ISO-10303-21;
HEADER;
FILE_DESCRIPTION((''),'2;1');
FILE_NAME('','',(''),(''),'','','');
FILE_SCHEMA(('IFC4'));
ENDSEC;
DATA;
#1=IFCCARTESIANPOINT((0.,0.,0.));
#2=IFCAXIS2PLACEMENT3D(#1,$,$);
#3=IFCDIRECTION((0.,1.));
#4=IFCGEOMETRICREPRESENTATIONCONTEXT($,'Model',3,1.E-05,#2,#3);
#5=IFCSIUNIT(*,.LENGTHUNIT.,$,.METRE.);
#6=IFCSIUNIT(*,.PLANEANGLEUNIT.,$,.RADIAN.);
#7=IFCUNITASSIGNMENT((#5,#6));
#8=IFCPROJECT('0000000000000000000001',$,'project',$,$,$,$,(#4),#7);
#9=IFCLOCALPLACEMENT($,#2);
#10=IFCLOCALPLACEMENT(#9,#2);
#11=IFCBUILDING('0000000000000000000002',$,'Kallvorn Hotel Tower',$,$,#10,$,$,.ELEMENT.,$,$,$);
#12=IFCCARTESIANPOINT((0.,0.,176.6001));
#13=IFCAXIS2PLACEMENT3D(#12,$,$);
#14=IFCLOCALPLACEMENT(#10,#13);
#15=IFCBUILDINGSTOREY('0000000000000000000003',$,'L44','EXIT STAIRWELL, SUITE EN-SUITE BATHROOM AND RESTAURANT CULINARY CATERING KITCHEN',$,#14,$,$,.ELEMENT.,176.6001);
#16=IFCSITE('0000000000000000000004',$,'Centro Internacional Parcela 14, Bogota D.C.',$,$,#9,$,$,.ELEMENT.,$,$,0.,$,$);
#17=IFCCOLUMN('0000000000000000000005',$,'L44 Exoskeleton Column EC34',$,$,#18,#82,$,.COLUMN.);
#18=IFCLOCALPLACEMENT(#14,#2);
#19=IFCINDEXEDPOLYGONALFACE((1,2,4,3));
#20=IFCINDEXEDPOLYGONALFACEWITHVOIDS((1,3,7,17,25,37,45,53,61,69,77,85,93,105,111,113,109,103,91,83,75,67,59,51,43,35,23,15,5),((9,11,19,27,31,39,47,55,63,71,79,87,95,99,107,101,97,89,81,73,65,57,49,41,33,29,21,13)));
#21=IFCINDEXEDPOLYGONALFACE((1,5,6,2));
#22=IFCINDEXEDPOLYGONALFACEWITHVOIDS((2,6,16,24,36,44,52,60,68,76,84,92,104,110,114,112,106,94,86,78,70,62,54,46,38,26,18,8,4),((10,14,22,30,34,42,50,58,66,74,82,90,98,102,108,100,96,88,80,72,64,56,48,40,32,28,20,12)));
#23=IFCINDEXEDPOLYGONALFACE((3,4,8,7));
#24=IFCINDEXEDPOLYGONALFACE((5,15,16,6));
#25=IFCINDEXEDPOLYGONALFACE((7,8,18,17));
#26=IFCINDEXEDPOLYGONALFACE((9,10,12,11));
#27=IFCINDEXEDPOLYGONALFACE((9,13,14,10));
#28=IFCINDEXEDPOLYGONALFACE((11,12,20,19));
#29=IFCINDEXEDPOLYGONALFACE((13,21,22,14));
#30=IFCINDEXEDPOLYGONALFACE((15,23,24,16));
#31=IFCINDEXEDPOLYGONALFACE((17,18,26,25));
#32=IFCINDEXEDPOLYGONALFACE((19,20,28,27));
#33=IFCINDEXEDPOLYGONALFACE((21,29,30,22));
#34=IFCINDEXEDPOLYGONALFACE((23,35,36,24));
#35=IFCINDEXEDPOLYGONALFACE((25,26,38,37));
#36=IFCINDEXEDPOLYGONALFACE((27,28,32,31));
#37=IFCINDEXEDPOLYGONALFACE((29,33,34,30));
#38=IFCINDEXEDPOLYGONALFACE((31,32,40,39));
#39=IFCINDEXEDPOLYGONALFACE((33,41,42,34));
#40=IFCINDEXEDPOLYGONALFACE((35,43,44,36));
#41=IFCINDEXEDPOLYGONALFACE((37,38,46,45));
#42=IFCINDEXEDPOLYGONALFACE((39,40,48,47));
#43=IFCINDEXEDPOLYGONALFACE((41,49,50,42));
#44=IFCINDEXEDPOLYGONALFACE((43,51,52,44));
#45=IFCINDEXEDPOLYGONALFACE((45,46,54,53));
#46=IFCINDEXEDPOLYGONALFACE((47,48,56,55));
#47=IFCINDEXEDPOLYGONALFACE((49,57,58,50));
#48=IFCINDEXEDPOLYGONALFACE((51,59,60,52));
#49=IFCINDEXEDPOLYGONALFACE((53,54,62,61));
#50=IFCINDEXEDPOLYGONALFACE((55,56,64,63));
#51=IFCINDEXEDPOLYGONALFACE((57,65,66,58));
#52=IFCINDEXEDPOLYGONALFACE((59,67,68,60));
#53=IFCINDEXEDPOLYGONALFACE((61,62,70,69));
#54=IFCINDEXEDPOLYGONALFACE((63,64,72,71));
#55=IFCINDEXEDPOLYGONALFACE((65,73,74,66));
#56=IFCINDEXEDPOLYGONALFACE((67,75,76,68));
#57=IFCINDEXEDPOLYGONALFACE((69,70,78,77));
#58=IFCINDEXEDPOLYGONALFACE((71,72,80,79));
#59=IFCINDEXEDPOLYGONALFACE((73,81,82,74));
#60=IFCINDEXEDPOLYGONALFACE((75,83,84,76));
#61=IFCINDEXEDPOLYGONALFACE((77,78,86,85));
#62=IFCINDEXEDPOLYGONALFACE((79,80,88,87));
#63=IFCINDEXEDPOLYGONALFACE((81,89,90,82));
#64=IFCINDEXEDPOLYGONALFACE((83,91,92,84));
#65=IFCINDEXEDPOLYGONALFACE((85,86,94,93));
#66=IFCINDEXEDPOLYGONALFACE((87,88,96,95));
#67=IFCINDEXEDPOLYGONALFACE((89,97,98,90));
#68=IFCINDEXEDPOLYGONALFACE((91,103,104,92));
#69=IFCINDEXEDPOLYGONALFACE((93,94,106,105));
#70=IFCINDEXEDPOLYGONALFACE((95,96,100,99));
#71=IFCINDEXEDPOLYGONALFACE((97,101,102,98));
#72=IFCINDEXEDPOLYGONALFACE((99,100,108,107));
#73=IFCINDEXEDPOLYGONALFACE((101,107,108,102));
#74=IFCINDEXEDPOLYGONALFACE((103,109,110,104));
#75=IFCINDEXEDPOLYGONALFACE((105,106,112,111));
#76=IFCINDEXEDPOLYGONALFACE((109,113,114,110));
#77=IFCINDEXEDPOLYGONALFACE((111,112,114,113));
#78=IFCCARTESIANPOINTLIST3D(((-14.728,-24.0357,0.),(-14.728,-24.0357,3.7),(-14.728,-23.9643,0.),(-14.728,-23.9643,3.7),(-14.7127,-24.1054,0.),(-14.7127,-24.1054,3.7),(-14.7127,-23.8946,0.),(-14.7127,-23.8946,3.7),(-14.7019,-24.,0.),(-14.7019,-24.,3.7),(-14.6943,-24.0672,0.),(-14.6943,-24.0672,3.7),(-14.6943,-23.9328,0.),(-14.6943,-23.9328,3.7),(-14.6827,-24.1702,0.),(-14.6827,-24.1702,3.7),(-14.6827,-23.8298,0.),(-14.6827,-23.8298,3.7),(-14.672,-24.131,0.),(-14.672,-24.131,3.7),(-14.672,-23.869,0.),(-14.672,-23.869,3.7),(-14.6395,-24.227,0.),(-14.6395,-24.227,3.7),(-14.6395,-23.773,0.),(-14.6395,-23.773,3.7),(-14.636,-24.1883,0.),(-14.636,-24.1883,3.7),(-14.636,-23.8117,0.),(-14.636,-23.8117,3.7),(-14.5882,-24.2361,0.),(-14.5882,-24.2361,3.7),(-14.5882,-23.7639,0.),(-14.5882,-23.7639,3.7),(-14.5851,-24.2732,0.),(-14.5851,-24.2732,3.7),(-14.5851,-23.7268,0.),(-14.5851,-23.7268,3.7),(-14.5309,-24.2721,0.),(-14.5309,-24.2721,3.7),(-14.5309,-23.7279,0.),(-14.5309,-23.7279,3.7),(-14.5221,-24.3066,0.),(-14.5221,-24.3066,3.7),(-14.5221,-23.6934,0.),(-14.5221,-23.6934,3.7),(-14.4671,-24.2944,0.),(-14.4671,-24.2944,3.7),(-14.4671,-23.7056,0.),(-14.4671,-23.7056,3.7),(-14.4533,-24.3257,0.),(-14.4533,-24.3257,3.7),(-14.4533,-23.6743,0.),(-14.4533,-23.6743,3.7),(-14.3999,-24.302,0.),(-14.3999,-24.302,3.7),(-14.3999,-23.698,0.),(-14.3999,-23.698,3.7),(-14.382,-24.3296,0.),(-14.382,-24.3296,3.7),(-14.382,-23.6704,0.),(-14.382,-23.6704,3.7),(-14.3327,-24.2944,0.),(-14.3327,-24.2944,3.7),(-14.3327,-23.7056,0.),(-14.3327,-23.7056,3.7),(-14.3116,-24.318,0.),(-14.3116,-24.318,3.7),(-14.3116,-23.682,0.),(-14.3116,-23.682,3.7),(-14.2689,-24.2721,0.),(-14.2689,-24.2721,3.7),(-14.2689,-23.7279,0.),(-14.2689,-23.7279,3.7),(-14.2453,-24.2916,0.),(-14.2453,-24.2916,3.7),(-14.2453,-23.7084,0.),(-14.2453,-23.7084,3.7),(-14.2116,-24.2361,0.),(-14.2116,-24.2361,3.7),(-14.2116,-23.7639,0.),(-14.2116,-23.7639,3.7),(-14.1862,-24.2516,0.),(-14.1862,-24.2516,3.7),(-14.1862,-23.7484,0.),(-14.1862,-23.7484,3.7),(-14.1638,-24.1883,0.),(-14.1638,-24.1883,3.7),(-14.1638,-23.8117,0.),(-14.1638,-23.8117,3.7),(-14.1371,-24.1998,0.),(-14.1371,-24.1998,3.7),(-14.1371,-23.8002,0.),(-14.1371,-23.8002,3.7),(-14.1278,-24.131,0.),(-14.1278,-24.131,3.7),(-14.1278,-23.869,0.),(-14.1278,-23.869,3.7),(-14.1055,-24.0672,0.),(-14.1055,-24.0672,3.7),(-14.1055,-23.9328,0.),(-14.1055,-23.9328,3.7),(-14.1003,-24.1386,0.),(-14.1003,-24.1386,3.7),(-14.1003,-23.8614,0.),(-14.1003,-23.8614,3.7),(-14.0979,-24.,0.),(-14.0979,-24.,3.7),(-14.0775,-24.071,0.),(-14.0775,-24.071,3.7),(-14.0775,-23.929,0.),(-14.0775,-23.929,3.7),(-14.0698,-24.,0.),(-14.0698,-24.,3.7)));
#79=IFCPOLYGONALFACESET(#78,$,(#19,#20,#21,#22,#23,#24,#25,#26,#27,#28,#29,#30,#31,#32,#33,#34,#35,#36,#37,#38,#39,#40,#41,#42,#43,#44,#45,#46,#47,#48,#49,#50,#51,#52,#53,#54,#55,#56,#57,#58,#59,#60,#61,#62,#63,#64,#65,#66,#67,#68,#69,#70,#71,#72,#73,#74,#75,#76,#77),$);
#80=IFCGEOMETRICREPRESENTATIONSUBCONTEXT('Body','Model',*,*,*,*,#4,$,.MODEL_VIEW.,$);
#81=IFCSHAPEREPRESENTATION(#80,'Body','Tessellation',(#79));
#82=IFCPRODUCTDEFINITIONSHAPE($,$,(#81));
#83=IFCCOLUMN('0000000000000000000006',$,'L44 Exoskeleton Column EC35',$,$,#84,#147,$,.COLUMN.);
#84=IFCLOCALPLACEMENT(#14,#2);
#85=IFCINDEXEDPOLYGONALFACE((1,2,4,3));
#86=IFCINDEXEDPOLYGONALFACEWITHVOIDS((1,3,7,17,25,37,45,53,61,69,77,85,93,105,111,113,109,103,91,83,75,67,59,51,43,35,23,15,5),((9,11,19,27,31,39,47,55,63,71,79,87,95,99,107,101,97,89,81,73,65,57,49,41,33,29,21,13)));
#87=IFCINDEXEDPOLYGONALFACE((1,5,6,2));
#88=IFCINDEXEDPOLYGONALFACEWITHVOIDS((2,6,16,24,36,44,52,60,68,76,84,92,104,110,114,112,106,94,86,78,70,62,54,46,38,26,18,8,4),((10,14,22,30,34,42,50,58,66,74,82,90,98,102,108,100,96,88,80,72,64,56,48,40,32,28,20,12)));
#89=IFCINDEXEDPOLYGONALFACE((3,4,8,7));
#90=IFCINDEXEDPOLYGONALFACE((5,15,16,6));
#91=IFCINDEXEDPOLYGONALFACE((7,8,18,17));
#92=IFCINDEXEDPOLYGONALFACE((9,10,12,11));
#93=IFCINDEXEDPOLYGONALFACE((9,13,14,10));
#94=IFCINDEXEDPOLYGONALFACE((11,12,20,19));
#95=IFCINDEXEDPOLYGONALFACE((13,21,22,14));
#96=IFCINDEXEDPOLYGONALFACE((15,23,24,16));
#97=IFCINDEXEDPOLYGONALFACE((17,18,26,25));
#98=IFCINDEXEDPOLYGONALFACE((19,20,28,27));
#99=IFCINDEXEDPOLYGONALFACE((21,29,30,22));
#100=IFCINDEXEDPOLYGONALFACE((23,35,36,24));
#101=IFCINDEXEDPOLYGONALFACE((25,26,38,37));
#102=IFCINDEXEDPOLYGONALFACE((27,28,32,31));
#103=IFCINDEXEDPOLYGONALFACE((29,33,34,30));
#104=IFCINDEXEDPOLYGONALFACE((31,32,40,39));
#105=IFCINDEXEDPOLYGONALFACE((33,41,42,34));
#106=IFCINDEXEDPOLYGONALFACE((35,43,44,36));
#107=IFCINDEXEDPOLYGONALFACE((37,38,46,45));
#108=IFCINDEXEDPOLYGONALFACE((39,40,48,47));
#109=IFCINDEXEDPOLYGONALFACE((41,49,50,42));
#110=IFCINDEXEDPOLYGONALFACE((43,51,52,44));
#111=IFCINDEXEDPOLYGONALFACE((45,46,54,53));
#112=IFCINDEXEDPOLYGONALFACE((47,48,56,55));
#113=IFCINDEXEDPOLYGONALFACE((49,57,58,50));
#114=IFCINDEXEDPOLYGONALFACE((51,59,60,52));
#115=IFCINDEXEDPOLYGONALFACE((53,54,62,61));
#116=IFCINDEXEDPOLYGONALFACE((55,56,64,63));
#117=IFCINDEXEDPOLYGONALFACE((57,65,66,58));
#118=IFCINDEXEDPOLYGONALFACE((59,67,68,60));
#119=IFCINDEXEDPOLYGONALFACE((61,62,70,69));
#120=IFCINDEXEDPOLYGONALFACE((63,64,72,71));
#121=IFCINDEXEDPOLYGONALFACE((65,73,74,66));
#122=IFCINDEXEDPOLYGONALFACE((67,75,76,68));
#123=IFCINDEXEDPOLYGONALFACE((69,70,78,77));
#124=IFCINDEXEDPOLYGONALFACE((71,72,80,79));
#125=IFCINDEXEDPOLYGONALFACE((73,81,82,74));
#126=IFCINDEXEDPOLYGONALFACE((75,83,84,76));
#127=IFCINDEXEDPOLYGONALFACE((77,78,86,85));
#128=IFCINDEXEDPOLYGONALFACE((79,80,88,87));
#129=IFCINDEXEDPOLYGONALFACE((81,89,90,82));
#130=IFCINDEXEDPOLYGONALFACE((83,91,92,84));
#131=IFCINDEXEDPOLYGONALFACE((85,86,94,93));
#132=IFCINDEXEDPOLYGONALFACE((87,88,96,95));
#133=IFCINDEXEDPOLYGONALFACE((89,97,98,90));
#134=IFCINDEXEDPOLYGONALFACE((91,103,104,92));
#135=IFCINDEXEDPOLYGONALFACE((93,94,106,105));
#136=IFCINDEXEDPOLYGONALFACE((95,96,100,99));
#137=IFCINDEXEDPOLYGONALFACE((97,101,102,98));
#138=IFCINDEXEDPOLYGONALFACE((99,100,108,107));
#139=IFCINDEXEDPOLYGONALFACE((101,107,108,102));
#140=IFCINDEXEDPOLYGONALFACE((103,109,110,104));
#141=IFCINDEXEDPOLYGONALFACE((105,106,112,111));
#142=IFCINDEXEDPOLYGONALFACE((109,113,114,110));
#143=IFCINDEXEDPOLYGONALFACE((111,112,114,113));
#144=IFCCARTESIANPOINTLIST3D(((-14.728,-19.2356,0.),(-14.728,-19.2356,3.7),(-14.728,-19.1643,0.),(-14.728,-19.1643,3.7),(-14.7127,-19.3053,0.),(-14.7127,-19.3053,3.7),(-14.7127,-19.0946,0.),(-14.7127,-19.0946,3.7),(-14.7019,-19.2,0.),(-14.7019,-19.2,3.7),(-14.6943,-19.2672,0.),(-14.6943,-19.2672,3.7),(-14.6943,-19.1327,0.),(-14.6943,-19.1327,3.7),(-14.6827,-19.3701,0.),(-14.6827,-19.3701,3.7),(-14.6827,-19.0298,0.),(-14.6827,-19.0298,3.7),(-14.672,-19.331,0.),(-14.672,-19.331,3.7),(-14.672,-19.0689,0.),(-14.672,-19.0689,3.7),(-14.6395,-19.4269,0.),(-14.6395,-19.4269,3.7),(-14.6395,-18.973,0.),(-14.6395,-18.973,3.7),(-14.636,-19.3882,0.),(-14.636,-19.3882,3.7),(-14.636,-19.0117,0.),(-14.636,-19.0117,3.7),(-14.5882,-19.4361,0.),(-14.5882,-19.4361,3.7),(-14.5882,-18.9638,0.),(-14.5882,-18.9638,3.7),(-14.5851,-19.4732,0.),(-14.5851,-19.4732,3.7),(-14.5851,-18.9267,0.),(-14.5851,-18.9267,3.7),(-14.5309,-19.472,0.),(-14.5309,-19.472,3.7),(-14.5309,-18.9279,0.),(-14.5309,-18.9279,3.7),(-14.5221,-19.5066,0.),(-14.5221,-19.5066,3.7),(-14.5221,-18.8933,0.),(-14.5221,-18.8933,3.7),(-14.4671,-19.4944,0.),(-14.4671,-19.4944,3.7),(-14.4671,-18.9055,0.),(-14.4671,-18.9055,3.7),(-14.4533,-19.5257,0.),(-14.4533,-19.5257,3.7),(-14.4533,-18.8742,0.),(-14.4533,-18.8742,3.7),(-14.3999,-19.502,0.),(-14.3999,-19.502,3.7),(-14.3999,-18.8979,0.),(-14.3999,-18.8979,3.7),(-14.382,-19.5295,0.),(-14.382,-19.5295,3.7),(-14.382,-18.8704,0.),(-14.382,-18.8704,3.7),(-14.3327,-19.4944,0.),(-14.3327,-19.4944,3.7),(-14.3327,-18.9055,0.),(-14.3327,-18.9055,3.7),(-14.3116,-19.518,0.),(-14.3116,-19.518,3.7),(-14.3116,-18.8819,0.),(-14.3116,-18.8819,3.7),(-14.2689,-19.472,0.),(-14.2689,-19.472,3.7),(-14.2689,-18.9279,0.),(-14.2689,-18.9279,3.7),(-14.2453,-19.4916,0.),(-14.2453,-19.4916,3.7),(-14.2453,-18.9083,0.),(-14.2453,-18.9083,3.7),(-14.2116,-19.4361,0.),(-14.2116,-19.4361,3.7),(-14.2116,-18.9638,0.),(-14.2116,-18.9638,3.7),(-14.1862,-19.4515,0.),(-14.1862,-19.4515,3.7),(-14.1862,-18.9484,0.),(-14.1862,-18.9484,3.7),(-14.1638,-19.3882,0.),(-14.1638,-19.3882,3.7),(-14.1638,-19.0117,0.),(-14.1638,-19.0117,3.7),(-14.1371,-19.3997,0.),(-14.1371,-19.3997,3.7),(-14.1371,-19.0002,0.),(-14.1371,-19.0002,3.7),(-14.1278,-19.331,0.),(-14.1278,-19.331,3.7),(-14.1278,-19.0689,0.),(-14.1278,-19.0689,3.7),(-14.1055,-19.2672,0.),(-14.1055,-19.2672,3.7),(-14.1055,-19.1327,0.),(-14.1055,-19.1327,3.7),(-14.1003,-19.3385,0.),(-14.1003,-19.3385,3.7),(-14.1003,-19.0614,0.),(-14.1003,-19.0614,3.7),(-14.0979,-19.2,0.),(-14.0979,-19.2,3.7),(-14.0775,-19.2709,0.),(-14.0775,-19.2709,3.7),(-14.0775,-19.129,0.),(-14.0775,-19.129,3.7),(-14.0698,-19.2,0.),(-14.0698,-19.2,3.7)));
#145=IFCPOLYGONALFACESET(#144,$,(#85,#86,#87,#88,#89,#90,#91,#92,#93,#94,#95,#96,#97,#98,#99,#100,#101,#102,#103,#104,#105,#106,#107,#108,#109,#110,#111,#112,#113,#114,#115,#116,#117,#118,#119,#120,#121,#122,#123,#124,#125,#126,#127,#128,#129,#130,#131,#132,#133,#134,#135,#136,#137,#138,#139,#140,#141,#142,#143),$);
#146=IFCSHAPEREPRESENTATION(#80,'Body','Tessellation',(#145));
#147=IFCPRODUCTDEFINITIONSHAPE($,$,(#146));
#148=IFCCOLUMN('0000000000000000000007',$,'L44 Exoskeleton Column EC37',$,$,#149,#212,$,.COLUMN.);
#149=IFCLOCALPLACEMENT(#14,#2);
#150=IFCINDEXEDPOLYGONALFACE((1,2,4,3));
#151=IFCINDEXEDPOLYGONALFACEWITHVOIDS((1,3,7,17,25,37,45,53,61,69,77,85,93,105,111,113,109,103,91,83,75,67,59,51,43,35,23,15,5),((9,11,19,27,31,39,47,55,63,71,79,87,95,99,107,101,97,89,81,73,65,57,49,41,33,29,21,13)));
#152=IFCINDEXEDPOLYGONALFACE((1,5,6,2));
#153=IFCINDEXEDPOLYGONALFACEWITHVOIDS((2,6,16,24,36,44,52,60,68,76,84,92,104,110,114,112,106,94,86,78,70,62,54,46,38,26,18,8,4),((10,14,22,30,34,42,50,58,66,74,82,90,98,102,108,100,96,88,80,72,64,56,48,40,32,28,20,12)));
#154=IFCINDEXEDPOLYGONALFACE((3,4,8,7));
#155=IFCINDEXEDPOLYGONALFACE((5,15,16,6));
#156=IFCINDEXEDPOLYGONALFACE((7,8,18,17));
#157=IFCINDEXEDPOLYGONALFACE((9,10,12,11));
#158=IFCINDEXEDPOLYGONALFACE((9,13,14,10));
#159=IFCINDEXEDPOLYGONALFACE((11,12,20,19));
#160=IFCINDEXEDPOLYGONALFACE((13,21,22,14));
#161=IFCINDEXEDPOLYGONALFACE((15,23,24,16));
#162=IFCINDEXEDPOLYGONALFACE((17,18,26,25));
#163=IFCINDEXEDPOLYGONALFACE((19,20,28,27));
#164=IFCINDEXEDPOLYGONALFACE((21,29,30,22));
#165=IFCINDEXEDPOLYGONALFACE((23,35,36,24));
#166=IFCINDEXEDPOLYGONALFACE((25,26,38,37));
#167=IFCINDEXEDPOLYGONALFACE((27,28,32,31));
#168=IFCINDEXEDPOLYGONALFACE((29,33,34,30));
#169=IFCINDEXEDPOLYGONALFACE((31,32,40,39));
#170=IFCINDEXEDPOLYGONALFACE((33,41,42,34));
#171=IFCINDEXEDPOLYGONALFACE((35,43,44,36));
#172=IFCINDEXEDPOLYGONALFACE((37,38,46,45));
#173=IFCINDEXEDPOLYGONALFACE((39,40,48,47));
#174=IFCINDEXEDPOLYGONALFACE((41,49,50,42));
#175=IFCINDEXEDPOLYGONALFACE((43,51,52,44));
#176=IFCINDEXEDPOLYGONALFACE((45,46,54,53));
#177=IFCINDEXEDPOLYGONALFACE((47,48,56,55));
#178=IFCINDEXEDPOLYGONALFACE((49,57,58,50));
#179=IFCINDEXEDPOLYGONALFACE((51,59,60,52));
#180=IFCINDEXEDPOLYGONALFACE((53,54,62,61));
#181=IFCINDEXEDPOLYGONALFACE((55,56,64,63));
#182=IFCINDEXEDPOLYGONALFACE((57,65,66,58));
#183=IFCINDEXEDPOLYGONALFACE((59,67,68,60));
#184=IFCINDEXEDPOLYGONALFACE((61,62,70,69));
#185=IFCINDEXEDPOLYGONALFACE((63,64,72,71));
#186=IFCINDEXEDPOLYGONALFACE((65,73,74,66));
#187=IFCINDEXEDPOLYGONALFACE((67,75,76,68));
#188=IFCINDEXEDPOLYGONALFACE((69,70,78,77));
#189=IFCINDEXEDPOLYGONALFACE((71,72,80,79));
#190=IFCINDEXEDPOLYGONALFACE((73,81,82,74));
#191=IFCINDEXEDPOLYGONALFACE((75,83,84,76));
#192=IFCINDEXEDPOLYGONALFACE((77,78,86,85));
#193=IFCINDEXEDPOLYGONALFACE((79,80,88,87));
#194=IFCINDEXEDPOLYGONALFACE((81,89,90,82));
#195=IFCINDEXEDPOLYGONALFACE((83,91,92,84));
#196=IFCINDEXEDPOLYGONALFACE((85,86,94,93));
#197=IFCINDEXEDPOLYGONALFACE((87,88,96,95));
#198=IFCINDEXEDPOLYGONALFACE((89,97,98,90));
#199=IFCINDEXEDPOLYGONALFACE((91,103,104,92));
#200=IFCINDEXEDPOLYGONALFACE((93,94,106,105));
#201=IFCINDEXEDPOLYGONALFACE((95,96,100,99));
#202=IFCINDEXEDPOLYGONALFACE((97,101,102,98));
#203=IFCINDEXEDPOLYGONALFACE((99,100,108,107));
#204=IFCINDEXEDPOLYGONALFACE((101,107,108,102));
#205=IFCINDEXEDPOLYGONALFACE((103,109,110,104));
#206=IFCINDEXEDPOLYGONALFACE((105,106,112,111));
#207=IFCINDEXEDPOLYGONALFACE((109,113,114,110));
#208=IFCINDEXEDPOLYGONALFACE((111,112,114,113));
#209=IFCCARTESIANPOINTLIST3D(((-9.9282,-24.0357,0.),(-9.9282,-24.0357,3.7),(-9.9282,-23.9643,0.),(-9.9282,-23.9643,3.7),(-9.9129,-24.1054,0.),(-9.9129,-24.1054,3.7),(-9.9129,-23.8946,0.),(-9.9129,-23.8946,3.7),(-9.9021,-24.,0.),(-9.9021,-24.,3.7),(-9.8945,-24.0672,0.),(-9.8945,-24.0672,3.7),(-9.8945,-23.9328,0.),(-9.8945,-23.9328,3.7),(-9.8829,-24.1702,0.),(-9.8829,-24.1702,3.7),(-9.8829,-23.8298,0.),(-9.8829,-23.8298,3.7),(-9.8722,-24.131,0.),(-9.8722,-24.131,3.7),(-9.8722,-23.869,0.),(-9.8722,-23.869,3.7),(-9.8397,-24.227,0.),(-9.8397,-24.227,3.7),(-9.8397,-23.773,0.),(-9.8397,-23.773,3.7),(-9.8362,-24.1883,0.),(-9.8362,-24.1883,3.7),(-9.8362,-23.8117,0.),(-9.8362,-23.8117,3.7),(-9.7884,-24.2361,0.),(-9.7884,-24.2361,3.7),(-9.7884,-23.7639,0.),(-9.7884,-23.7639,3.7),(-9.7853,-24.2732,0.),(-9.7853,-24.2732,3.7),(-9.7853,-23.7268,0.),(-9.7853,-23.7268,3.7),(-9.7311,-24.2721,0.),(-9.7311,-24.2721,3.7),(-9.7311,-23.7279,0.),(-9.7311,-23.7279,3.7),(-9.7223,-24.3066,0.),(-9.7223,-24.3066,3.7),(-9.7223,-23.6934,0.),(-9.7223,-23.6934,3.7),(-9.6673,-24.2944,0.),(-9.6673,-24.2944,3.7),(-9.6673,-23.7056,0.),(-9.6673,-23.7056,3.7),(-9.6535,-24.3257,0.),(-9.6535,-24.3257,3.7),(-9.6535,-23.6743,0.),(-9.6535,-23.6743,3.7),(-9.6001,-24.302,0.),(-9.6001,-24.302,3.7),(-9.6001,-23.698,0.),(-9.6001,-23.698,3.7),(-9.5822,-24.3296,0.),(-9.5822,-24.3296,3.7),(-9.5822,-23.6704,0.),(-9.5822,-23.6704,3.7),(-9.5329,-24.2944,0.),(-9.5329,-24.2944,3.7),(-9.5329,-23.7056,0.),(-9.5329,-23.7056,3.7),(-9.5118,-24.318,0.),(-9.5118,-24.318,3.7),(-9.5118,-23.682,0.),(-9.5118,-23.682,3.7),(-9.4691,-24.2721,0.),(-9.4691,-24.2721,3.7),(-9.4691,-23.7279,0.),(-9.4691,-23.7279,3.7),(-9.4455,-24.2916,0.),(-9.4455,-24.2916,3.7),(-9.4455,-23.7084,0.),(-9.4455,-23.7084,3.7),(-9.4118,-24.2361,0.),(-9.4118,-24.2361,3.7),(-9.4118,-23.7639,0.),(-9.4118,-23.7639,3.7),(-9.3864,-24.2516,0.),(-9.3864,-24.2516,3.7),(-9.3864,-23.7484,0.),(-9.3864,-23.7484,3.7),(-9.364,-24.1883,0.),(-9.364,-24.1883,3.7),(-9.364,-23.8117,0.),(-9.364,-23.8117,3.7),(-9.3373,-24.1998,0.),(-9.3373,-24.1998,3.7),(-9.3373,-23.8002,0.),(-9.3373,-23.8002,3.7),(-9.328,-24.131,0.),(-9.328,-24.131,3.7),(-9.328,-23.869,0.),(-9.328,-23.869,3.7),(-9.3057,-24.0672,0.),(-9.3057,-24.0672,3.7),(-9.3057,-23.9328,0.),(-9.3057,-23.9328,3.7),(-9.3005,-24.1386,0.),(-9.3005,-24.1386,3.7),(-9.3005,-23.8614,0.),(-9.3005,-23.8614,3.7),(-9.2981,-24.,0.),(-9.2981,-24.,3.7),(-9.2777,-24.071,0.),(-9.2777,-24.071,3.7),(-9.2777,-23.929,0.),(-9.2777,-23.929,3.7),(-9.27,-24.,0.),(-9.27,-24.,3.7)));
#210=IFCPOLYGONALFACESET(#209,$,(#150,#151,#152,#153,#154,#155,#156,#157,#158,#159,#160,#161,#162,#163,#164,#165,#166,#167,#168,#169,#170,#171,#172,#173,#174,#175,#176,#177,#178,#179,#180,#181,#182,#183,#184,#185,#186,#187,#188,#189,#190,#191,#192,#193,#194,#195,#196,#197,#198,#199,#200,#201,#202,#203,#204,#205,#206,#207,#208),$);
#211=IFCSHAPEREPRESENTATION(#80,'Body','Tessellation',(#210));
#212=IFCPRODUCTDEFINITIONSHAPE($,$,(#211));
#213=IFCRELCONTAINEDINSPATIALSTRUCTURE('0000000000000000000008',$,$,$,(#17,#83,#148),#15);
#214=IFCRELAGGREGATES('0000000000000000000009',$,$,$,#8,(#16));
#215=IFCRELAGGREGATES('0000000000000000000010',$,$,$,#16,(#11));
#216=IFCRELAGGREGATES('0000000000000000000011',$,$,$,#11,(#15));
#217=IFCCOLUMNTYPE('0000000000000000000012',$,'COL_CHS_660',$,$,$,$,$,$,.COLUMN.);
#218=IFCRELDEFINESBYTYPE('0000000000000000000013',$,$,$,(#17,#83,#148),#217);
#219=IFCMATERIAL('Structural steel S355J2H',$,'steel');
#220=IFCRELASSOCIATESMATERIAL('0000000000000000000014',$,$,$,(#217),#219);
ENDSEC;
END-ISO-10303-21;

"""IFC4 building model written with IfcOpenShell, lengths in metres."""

from ifc_helpers import new_model, si_unit, direction, frame, origin, origin_2d, place, context, subcontext, project, spatial, hollow_circle, extrude, material, material_profile, profile_set, type_object, element, save


model = new_model("IFC4")

# Units and contexts
model_context = context("Model", 3, precision=1e-05, world=origin(), true_north=direction((0.0, 1.0)))
body_context = subcontext(model_context, "Body", "Model", "MODEL_VIEW")
ifc_project = project(units=[si_unit("LENGTHUNIT", "METRE"), si_unit("PLANEANGLEUNIT", "RADIAN")], contexts=[model_context])

# Site, building, storey
site_placement = place(None, origin())
site = spatial("IfcSite", under=ifc_project, at=site_placement, Name="Centro Internacional Parcela 14, Bogota D.C.", CompositionType="ELEMENT", RefElevation=0.0)
building_placement = place(site_placement, origin())
building = spatial("IfcBuilding", under=site, at=building_placement, Name="Kallvorn Hotel Tower", CompositionType="ELEMENT")
storey_placement = place(building_placement, frame((0.0, 0.0, 176.6001)))
storey = spatial("IfcBuildingStorey", under=building, at=storey_placement, Name="L44", Description="EXIT STAIRWELL, SUITE EN-SUITE BATHROOM AND RESTAURANT CULINARY CATERING KITCHEN", CompositionType="ELEMENT", Elevation=176.6001)

# Columns
ifc_material_1 = material(Name="Structural steel S355J2H", Category="steel")
ifc_material_profile_1 = material_profile(ifc_material_1, hollow_circle(Radius=0.3301, WallThickness=0.0281, at=origin_2d()), Name="CHS 660x28")
ifc_profile_set_1 = profile_set([ifc_material_profile_1], Name="Structural steel S355J2H")
column_type_1 = type_object("IfcColumnType", Name="COL_CHS_660", PredefinedType="COLUMN", material=ifc_profile_set_1)
for number, where, z_axis, x_axis, name in (
    (1, (-14.3999, -24.0, 0.0), (0.0, 0.0, 1.0), (1.0, 0.0, 0.0), "L44 Exoskeleton Column EC34"),
    (2, (-14.3999, -19.2, 0.0), (0.0, 0.0, 1.0), (1.0, 0.0, 0.0), "L44 Exoskeleton Column EC35"),
    (3, (-9.6001, -24.0, 0.0), (0.0, 0.0, 1.0), (1.0, 0.0, 0.0), "L44 Exoskeleton Column EC37"),
):
    element("IfcColumn", number, at=place(storey_placement, frame(where, z_axis=z_axis, x_axis=x_axis)), inside=storey, type_object=column_type_1, Name=name, PredefinedType="COLUMN", context=body_context, shape_type="SweptSolid", body=[
        extrude(hollow_circle(Radius=0.3301, WallThickness=0.0281, at=origin_2d()), origin(), (0.0, 0.0, 1.0), 3.7),
    ])

save(model, "model.ifc")
